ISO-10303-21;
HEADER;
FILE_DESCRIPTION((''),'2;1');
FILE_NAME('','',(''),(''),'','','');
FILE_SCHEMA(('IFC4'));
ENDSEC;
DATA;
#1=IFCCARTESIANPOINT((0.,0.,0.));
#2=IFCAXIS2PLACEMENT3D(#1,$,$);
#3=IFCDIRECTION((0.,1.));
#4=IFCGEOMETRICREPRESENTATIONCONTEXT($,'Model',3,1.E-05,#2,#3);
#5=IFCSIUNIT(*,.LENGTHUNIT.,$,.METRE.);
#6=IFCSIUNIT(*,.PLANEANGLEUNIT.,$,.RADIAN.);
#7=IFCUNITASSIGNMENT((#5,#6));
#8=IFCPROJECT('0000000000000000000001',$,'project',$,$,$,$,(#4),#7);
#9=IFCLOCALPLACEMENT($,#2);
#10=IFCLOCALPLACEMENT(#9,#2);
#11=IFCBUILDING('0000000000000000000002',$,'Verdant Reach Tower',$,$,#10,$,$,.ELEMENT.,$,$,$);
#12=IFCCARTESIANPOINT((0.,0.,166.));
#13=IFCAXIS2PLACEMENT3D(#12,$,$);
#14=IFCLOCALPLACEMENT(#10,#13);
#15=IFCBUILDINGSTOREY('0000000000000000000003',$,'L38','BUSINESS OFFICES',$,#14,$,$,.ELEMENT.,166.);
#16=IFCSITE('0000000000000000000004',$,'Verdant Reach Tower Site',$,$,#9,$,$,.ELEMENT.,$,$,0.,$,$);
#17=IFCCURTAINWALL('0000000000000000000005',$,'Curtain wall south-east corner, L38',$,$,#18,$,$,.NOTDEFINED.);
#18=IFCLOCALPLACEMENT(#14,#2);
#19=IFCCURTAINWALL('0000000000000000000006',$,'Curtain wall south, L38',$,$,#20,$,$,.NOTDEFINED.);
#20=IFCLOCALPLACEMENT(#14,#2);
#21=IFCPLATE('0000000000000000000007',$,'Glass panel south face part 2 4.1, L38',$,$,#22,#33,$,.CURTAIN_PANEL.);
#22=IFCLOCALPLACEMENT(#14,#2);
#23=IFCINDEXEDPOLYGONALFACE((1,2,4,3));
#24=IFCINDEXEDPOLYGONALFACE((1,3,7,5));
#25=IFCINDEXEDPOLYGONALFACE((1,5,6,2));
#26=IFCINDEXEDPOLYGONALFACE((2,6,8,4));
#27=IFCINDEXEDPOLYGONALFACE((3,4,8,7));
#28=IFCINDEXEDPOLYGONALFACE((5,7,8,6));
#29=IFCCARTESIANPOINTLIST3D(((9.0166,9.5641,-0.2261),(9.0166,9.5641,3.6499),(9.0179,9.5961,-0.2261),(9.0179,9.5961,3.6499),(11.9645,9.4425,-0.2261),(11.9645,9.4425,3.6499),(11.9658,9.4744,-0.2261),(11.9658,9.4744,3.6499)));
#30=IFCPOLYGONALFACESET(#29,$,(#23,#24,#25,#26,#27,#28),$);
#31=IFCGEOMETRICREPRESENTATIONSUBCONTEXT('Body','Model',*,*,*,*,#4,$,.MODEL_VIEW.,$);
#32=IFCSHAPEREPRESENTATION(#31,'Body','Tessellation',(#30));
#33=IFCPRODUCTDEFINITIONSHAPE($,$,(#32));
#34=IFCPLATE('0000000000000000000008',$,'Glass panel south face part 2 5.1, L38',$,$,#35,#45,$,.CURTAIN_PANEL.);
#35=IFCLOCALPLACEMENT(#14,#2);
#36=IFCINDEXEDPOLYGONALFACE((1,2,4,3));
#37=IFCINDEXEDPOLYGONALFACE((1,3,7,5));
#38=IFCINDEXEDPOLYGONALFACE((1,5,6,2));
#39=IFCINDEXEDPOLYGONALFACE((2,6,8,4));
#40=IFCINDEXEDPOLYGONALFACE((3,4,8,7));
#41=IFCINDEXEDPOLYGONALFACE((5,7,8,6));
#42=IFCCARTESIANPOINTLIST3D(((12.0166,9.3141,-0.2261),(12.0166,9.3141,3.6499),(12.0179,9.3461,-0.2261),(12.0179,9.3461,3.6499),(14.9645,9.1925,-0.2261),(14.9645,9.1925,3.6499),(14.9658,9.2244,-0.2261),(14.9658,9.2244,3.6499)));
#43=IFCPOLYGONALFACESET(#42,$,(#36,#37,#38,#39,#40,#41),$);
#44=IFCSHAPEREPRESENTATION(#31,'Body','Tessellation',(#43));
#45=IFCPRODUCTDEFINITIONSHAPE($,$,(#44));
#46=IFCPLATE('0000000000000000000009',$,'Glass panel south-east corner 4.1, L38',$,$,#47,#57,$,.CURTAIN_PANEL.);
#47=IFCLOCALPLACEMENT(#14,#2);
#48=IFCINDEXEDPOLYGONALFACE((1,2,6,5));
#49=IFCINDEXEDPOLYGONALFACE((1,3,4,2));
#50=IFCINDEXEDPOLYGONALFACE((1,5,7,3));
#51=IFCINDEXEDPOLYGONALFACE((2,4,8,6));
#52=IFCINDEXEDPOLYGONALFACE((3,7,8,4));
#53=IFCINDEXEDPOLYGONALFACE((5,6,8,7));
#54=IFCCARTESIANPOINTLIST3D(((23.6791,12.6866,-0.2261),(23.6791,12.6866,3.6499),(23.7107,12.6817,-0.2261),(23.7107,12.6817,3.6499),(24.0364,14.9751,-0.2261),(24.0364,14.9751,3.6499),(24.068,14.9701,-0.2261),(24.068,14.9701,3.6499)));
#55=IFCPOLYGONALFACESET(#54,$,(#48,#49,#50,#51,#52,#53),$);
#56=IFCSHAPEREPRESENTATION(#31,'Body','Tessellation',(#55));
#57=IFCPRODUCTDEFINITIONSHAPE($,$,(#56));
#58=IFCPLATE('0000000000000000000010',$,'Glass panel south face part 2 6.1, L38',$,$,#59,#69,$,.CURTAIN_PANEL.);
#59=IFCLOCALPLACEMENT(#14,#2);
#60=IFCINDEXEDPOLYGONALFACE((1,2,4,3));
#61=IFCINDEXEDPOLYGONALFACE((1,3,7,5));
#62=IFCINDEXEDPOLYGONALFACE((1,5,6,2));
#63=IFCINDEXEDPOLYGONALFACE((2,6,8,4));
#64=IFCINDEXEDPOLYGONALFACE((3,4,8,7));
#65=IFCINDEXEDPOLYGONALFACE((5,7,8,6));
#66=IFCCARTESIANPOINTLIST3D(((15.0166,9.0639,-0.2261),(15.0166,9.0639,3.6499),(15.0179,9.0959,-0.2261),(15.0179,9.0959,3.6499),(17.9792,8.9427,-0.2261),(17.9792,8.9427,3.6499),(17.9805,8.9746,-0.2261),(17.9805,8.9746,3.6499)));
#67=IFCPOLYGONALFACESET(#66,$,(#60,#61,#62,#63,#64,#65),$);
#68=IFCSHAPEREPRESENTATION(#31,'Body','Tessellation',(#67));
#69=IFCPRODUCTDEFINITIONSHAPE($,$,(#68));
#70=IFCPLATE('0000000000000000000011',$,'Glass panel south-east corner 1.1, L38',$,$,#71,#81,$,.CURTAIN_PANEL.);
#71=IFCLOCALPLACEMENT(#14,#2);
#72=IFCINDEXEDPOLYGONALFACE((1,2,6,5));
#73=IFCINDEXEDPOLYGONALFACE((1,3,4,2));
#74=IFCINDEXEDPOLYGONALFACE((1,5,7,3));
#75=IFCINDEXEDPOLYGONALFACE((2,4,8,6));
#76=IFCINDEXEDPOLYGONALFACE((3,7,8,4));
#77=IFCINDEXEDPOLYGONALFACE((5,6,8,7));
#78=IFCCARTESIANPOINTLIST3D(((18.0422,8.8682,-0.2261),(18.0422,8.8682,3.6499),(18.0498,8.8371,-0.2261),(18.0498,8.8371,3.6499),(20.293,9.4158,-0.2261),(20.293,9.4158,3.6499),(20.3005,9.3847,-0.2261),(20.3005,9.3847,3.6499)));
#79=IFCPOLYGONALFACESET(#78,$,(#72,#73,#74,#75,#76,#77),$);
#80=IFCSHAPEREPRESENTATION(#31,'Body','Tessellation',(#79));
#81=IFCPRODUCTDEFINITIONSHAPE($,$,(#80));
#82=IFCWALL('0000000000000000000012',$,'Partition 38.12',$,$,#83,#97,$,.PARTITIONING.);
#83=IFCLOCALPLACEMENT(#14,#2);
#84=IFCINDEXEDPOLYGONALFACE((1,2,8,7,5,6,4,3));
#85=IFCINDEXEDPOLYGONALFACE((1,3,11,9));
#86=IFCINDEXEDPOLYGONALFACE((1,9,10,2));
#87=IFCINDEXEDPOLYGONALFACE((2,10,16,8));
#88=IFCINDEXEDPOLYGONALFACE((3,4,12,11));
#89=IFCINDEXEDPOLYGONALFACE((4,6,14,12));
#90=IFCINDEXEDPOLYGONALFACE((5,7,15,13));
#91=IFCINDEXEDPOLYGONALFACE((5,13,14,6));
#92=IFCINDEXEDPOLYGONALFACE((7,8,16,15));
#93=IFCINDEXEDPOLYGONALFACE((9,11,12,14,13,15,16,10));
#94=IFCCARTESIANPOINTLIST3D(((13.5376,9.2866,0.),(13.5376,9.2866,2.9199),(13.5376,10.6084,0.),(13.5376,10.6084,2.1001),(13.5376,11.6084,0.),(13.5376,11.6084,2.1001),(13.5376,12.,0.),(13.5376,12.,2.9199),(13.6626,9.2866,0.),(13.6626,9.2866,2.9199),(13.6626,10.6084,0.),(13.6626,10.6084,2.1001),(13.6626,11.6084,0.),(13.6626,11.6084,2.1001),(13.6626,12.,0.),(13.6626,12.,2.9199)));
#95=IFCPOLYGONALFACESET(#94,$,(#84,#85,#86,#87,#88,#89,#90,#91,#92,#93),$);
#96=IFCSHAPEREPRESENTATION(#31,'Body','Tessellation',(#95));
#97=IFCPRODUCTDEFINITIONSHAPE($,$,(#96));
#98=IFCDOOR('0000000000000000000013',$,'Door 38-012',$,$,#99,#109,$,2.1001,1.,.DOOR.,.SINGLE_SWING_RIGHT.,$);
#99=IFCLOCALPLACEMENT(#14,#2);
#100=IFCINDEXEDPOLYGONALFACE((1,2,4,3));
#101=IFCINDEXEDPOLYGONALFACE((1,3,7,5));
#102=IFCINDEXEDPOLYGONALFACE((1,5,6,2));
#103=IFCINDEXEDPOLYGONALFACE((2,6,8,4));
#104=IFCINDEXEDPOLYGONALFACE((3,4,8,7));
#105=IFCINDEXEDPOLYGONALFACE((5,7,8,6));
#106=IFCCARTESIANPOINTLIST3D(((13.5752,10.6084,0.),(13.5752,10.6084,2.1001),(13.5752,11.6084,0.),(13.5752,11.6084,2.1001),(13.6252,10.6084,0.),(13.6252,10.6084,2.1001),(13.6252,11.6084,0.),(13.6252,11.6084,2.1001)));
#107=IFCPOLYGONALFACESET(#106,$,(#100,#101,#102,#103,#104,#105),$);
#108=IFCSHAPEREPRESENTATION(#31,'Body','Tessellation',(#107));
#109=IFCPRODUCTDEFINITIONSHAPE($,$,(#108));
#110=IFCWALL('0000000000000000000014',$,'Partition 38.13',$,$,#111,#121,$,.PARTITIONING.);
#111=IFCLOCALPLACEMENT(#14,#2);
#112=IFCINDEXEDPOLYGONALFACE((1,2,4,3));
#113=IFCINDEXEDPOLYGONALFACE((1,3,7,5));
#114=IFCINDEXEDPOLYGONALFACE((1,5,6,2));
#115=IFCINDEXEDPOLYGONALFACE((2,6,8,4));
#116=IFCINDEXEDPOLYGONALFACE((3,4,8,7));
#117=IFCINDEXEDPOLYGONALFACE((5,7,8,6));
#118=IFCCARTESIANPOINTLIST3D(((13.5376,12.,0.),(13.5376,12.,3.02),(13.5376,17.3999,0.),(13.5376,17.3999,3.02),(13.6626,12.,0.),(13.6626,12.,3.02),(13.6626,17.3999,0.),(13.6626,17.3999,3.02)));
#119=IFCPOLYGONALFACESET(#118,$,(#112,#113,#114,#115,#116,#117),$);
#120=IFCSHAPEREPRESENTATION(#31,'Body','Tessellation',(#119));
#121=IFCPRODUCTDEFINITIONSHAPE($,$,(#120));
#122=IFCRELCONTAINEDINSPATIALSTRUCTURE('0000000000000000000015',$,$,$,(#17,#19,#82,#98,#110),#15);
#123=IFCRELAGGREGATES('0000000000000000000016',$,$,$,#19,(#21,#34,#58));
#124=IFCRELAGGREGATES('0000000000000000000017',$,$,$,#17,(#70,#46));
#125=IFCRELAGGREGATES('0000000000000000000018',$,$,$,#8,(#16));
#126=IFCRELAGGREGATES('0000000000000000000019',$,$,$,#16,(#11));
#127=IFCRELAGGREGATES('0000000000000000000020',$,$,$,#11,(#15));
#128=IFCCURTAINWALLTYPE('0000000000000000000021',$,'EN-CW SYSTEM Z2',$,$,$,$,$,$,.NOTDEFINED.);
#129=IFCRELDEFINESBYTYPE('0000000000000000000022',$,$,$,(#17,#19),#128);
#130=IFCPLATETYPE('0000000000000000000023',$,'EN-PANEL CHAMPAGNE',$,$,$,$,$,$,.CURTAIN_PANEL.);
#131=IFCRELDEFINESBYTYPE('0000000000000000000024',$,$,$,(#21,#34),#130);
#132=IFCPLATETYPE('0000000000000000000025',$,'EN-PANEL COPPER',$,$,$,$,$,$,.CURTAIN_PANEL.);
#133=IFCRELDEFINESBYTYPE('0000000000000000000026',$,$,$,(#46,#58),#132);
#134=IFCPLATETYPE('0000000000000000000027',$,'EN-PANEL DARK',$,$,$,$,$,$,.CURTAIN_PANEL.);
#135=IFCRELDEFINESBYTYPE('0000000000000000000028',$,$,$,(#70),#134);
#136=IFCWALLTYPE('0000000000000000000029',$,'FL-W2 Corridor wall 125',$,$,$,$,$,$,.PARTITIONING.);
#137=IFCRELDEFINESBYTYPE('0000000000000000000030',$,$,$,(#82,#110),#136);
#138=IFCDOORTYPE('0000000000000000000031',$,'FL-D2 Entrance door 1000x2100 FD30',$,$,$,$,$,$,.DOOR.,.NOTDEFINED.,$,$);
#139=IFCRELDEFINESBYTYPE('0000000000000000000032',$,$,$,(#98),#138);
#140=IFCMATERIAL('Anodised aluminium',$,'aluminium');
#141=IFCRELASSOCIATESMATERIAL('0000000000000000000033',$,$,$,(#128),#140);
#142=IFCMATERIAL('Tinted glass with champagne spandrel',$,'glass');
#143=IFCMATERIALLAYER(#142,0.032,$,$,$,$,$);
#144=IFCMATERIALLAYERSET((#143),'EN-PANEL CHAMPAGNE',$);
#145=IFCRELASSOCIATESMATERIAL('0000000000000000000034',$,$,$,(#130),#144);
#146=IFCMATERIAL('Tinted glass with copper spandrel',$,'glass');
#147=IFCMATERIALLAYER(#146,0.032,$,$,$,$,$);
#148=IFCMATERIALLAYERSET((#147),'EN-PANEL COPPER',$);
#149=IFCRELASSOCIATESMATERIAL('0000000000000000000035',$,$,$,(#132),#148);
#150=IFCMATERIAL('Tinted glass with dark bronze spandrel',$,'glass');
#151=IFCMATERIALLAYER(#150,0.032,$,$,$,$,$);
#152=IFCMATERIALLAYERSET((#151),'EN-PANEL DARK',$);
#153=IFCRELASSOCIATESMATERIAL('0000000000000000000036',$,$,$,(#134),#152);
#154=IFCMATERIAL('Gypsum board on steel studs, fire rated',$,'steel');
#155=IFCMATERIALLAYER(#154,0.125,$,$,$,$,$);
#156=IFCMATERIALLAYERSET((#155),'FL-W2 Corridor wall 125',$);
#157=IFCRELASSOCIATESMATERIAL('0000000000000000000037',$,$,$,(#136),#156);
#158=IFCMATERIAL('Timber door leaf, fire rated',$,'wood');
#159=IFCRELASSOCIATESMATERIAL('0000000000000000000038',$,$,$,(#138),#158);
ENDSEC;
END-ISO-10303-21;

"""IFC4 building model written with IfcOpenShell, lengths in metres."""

from ifc_helpers import new_model, si_unit, direction, frame, frame_2d, origin, origin_2d, place, context, subcontext, project, spatial, rectangle, extrude, material, layer, layer_set, type_object, element, fill, aggregate, save


model = new_model("IFC4")

# Units and contexts
model_context = context("Model", 3, precision=1e-05, world=origin(), true_north=direction((0.0, 1.0)))
body_context = subcontext(model_context, "Body", "Model", "MODEL_VIEW")
ifc_project = project(units=[si_unit("LENGTHUNIT", "METRE"), si_unit("PLANEANGLEUNIT", "RADIAN")], contexts=[model_context])

# Site, building, storey
site_placement = place(None, origin())
site = spatial("IfcSite", under=ifc_project, at=site_placement, Name="Verdant Reach Tower Site", CompositionType="ELEMENT", RefElevation=0.0)
building_placement = place(site_placement, origin())
building = spatial("IfcBuilding", under=site, at=building_placement, Name="Verdant Reach Tower", CompositionType="ELEMENT")
storey_placement = place(building_placement, frame((0.0, 0.0, 166.0)))
storey = spatial("IfcBuildingStorey", under=building, at=storey_placement, Name="L38", Description="BUSINESS OFFICES", CompositionType="ELEMENT", Elevation=166.0)

# Shared definitions
ifc_material_1 = material(Name="Anodised aluminium", Category="aluminium")
curtain_wall_type = type_object("IfcCurtainWallType", Name="EN-CW SYSTEM Z2", PredefinedType="NOTDEFINED", material=ifc_material_1)

# Curtain wall
curtain_wall_1_placement = place(storey_placement, origin())
curtain_wall_1 = element("IfcCurtainWall", 1, at=curtain_wall_1_placement, inside=storey, type_object=curtain_wall_type, Name="Curtain wall south-east corner, L38", PredefinedType="NOTDEFINED")
ifc_material_2 = material(Name="Tinted glass with champagne spandrel", Category="glass")
ifc_layer_1 = layer(ifc_material_2, 0.032)
ifc_layer_set_1 = layer_set([ifc_layer_1], Name="EN-PANEL CHAMPAGNE")
plate_type_1 = type_object("IfcPlateType", Name="EN-PANEL CHAMPAGNE", PredefinedType="CURTAIN_PANEL", material=ifc_layer_set_1)

# Curtain wall, plates
curtain_wall_2_placement = place(storey_placement, origin())
curtain_wall_2 = element("IfcCurtainWall", 2, at=curtain_wall_2_placement, inside=storey, type_object=curtain_wall_type, Name="Curtain wall south, L38", PredefinedType="NOTDEFINED")
plate_1_placement = place(storey_placement, frame((10.4912, 9.5193, -0.2261), z_axis=(0.0, 0.0, 1.0), x_axis=(0.999149, -0.041242, 0.0)))
plate_1 = element("IfcPlate", 3, at=plate_1_placement, type_object=plate_type_1, Name="Glass panel south face part 2 4.1, L38", PredefinedType="CURTAIN_PANEL", context=body_context, shape_type="SweptSolid", body=[
    extrude(rectangle(XDim=2.9504, YDim=0.032, at=origin_2d()), origin(), (0.0, 0.0, 1.0), 3.876),
])
plate_2_placement = place(storey_placement, frame((13.4912, 9.2693, -0.2261), z_axis=(0.0, 0.0, 1.0), x_axis=(0.999149, -0.041242, 0.0)))
plate_2 = element("IfcPlate", 4, at=plate_2_placement, type_object=plate_type_1, Name="Glass panel south face part 2 5.1, L38", PredefinedType="CURTAIN_PANEL", context=body_context, shape_type="SweptSolid", body=[
    extrude(rectangle(XDim=2.9504, YDim=0.032, at=origin_2d()), origin(), (0.0, 0.0, 1.0), 3.876),
])

# Plates
ifc_material_3 = material(Name="Tinted glass with copper spandrel", Category="glass")
ifc_layer_2 = layer(ifc_material_3, 0.032)
ifc_layer_set_2 = layer_set([ifc_layer_2], Name="EN-PANEL COPPER")
plate_type_2 = type_object("IfcPlateType", Name="EN-PANEL COPPER", PredefinedType="CURTAIN_PANEL", material=ifc_layer_set_2)
plate_3_placement = place(storey_placement, frame((23.8735, 13.8284, -0.2261), z_axis=(0.0, 0.0, 1.0), x_axis=(0.154281, 0.988027, 0.0)))
plate_3 = element("IfcPlate", 5, at=plate_3_placement, type_object=plate_type_2, Name="Glass panel south-east corner 4.1, L38", PredefinedType="CURTAIN_PANEL", context=body_context, shape_type="SweptSolid", body=[
    extrude(rectangle(XDim=2.3162, YDim=0.032, at=origin_2d()), origin(), (0.0, 0.0, 1.0), 3.876),
])
plate_4_placement = place(storey_placement, frame((16.4985, 9.0193, -0.2261), z_axis=(0.0, 0.0, 1.0), x_axis=(0.999163, -0.0409, 0.0)))
plate_4 = element("IfcPlate", 6, at=plate_4_placement, type_object=plate_type_2, Name="Glass panel south face part 2 6.1, L38", PredefinedType="CURTAIN_PANEL", context=body_context, shape_type="SweptSolid", body=[
    extrude(rectangle(XDim=2.9651, YDim=0.032, at=origin_2d()), origin(), (0.0, 0.0, 1.0), 3.876),
])
aggregate(curtain_wall_2, [plate_1, plate_2, plate_4])
ifc_material_4 = material(Name="Tinted glass with dark bronze spandrel", Category="glass")
ifc_layer_3 = layer(ifc_material_4, 0.032)
ifc_layer_set_3 = layer_set([ifc_layer_3], Name="EN-PANEL DARK")
plate_type_3 = type_object("IfcPlateType", Name="EN-PANEL DARK", PredefinedType="CURTAIN_PANEL", material=ifc_layer_set_3)
plate_5_placement = place(storey_placement, frame((19.1714, 9.1265, -0.2261), z_axis=(0.0, 0.0, 1.0), x_axis=(0.971658, 0.236391, 0.0)))
plate_5 = element("IfcPlate", 7, at=plate_5_placement, type_object=plate_type_3, Name="Glass panel south-east corner 1.1, L38", PredefinedType="CURTAIN_PANEL", context=body_context, shape_type="SweptSolid", body=[
    extrude(rectangle(XDim=2.3164, YDim=0.032, at=origin_2d()), origin(), (0.0, 0.0, 1.0), 3.876),
])
aggregate(curtain_wall_1, [plate_5, plate_3])

# Wall, opening, door
ifc_material_5 = material(Name="Gypsum board on steel studs, fire rated", Category="steel")
ifc_layer_4 = layer(ifc_material_5, 0.125)
ifc_layer_set_4 = layer_set([ifc_layer_4], Name="FL-W2 Corridor wall 125")
wall_type = type_object("IfcWallType", Name="FL-W2 Corridor wall 125", PredefinedType="PARTITIONING", material=ifc_layer_set_4)
wall_1_placement = place(storey_placement, frame((13.6001, 9.2866, 0.0), z_axis=(0.0, 0.0, 1.0), x_axis=(0.0, 1.0, 0.0)))
wall_1 = element("IfcWall", 8, at=wall_1_placement, inside=storey, type_object=wall_type, Name="Partition 38.12", PredefinedType="PARTITIONING", context=body_context, shape_type="SweptSolid", body=[
    extrude(rectangle(XDim=2.7134, YDim=0.125, at=frame_2d((1.3567, 0.0))), origin(), (0.0, 0.0, 1.0), 2.9199),
])
opening_placement = place(wall_1_placement, frame((1.3218, 0.0, 0.0)))
opening = element("IfcOpeningElement", 9, at=opening_placement, cuts=wall_1, PredefinedType="OPENING", context=body_context, shape_type="SweptSolid", body=[
    extrude(rectangle(XDim=1.0, YDim=2.1001, at=frame_2d((0.5, 1.05))), frame((0.0, 0.0725, 0.0), z_axis=(0.0, -1.0, 0.0), x_axis=(1.0, 0.0, 0.0)), (0.0, 0.0, 1.0), 0.145),
])
ifc_material_6 = material(Name="Timber door leaf, fire rated", Category="wood")
door_type = type_object("IfcDoorType", Name="FL-D2 Entrance door 1000x2100 FD30", OperationType="NOTDEFINED", PredefinedType="DOOR", material=ifc_material_6)
door_placement = place(opening_placement, origin())
door = element("IfcDoor", 10, at=door_placement, inside=storey, type_object=door_type, Name="Door 38-012", OperationType="SINGLE_SWING_RIGHT", OverallHeight=2.1001, OverallWidth=1.0, PredefinedType="DOOR", context=body_context, shape_type="SweptSolid", body=[
    extrude(rectangle(XDim=1.0, YDim=2.1001, at=frame_2d((0.5, 1.05))), frame((0.0, 0.0249, 0.0), z_axis=(0.0, -1.0, 0.0), x_axis=(1.0, 0.0, 0.0)), (0.0, 0.0, 1.0), 0.05),
])
fill(opening, door)

# Wall
wall_2_placement = place(storey_placement, frame((13.6001, 12.0, 0.0), z_axis=(0.0, 0.0, 1.0), x_axis=(0.0, 1.0, 0.0)))
element("IfcWall", 11, at=wall_2_placement, inside=storey, type_object=wall_type, Name="Partition 38.13", PredefinedType="PARTITIONING", context=body_context, shape_type="SweptSolid", body=[
    extrude(rectangle(XDim=5.3999, YDim=0.125, at=frame_2d((2.7, 0.0))), origin(), (0.0, 0.0, 1.0), 3.02),
])

save(model, "model.ifc")
